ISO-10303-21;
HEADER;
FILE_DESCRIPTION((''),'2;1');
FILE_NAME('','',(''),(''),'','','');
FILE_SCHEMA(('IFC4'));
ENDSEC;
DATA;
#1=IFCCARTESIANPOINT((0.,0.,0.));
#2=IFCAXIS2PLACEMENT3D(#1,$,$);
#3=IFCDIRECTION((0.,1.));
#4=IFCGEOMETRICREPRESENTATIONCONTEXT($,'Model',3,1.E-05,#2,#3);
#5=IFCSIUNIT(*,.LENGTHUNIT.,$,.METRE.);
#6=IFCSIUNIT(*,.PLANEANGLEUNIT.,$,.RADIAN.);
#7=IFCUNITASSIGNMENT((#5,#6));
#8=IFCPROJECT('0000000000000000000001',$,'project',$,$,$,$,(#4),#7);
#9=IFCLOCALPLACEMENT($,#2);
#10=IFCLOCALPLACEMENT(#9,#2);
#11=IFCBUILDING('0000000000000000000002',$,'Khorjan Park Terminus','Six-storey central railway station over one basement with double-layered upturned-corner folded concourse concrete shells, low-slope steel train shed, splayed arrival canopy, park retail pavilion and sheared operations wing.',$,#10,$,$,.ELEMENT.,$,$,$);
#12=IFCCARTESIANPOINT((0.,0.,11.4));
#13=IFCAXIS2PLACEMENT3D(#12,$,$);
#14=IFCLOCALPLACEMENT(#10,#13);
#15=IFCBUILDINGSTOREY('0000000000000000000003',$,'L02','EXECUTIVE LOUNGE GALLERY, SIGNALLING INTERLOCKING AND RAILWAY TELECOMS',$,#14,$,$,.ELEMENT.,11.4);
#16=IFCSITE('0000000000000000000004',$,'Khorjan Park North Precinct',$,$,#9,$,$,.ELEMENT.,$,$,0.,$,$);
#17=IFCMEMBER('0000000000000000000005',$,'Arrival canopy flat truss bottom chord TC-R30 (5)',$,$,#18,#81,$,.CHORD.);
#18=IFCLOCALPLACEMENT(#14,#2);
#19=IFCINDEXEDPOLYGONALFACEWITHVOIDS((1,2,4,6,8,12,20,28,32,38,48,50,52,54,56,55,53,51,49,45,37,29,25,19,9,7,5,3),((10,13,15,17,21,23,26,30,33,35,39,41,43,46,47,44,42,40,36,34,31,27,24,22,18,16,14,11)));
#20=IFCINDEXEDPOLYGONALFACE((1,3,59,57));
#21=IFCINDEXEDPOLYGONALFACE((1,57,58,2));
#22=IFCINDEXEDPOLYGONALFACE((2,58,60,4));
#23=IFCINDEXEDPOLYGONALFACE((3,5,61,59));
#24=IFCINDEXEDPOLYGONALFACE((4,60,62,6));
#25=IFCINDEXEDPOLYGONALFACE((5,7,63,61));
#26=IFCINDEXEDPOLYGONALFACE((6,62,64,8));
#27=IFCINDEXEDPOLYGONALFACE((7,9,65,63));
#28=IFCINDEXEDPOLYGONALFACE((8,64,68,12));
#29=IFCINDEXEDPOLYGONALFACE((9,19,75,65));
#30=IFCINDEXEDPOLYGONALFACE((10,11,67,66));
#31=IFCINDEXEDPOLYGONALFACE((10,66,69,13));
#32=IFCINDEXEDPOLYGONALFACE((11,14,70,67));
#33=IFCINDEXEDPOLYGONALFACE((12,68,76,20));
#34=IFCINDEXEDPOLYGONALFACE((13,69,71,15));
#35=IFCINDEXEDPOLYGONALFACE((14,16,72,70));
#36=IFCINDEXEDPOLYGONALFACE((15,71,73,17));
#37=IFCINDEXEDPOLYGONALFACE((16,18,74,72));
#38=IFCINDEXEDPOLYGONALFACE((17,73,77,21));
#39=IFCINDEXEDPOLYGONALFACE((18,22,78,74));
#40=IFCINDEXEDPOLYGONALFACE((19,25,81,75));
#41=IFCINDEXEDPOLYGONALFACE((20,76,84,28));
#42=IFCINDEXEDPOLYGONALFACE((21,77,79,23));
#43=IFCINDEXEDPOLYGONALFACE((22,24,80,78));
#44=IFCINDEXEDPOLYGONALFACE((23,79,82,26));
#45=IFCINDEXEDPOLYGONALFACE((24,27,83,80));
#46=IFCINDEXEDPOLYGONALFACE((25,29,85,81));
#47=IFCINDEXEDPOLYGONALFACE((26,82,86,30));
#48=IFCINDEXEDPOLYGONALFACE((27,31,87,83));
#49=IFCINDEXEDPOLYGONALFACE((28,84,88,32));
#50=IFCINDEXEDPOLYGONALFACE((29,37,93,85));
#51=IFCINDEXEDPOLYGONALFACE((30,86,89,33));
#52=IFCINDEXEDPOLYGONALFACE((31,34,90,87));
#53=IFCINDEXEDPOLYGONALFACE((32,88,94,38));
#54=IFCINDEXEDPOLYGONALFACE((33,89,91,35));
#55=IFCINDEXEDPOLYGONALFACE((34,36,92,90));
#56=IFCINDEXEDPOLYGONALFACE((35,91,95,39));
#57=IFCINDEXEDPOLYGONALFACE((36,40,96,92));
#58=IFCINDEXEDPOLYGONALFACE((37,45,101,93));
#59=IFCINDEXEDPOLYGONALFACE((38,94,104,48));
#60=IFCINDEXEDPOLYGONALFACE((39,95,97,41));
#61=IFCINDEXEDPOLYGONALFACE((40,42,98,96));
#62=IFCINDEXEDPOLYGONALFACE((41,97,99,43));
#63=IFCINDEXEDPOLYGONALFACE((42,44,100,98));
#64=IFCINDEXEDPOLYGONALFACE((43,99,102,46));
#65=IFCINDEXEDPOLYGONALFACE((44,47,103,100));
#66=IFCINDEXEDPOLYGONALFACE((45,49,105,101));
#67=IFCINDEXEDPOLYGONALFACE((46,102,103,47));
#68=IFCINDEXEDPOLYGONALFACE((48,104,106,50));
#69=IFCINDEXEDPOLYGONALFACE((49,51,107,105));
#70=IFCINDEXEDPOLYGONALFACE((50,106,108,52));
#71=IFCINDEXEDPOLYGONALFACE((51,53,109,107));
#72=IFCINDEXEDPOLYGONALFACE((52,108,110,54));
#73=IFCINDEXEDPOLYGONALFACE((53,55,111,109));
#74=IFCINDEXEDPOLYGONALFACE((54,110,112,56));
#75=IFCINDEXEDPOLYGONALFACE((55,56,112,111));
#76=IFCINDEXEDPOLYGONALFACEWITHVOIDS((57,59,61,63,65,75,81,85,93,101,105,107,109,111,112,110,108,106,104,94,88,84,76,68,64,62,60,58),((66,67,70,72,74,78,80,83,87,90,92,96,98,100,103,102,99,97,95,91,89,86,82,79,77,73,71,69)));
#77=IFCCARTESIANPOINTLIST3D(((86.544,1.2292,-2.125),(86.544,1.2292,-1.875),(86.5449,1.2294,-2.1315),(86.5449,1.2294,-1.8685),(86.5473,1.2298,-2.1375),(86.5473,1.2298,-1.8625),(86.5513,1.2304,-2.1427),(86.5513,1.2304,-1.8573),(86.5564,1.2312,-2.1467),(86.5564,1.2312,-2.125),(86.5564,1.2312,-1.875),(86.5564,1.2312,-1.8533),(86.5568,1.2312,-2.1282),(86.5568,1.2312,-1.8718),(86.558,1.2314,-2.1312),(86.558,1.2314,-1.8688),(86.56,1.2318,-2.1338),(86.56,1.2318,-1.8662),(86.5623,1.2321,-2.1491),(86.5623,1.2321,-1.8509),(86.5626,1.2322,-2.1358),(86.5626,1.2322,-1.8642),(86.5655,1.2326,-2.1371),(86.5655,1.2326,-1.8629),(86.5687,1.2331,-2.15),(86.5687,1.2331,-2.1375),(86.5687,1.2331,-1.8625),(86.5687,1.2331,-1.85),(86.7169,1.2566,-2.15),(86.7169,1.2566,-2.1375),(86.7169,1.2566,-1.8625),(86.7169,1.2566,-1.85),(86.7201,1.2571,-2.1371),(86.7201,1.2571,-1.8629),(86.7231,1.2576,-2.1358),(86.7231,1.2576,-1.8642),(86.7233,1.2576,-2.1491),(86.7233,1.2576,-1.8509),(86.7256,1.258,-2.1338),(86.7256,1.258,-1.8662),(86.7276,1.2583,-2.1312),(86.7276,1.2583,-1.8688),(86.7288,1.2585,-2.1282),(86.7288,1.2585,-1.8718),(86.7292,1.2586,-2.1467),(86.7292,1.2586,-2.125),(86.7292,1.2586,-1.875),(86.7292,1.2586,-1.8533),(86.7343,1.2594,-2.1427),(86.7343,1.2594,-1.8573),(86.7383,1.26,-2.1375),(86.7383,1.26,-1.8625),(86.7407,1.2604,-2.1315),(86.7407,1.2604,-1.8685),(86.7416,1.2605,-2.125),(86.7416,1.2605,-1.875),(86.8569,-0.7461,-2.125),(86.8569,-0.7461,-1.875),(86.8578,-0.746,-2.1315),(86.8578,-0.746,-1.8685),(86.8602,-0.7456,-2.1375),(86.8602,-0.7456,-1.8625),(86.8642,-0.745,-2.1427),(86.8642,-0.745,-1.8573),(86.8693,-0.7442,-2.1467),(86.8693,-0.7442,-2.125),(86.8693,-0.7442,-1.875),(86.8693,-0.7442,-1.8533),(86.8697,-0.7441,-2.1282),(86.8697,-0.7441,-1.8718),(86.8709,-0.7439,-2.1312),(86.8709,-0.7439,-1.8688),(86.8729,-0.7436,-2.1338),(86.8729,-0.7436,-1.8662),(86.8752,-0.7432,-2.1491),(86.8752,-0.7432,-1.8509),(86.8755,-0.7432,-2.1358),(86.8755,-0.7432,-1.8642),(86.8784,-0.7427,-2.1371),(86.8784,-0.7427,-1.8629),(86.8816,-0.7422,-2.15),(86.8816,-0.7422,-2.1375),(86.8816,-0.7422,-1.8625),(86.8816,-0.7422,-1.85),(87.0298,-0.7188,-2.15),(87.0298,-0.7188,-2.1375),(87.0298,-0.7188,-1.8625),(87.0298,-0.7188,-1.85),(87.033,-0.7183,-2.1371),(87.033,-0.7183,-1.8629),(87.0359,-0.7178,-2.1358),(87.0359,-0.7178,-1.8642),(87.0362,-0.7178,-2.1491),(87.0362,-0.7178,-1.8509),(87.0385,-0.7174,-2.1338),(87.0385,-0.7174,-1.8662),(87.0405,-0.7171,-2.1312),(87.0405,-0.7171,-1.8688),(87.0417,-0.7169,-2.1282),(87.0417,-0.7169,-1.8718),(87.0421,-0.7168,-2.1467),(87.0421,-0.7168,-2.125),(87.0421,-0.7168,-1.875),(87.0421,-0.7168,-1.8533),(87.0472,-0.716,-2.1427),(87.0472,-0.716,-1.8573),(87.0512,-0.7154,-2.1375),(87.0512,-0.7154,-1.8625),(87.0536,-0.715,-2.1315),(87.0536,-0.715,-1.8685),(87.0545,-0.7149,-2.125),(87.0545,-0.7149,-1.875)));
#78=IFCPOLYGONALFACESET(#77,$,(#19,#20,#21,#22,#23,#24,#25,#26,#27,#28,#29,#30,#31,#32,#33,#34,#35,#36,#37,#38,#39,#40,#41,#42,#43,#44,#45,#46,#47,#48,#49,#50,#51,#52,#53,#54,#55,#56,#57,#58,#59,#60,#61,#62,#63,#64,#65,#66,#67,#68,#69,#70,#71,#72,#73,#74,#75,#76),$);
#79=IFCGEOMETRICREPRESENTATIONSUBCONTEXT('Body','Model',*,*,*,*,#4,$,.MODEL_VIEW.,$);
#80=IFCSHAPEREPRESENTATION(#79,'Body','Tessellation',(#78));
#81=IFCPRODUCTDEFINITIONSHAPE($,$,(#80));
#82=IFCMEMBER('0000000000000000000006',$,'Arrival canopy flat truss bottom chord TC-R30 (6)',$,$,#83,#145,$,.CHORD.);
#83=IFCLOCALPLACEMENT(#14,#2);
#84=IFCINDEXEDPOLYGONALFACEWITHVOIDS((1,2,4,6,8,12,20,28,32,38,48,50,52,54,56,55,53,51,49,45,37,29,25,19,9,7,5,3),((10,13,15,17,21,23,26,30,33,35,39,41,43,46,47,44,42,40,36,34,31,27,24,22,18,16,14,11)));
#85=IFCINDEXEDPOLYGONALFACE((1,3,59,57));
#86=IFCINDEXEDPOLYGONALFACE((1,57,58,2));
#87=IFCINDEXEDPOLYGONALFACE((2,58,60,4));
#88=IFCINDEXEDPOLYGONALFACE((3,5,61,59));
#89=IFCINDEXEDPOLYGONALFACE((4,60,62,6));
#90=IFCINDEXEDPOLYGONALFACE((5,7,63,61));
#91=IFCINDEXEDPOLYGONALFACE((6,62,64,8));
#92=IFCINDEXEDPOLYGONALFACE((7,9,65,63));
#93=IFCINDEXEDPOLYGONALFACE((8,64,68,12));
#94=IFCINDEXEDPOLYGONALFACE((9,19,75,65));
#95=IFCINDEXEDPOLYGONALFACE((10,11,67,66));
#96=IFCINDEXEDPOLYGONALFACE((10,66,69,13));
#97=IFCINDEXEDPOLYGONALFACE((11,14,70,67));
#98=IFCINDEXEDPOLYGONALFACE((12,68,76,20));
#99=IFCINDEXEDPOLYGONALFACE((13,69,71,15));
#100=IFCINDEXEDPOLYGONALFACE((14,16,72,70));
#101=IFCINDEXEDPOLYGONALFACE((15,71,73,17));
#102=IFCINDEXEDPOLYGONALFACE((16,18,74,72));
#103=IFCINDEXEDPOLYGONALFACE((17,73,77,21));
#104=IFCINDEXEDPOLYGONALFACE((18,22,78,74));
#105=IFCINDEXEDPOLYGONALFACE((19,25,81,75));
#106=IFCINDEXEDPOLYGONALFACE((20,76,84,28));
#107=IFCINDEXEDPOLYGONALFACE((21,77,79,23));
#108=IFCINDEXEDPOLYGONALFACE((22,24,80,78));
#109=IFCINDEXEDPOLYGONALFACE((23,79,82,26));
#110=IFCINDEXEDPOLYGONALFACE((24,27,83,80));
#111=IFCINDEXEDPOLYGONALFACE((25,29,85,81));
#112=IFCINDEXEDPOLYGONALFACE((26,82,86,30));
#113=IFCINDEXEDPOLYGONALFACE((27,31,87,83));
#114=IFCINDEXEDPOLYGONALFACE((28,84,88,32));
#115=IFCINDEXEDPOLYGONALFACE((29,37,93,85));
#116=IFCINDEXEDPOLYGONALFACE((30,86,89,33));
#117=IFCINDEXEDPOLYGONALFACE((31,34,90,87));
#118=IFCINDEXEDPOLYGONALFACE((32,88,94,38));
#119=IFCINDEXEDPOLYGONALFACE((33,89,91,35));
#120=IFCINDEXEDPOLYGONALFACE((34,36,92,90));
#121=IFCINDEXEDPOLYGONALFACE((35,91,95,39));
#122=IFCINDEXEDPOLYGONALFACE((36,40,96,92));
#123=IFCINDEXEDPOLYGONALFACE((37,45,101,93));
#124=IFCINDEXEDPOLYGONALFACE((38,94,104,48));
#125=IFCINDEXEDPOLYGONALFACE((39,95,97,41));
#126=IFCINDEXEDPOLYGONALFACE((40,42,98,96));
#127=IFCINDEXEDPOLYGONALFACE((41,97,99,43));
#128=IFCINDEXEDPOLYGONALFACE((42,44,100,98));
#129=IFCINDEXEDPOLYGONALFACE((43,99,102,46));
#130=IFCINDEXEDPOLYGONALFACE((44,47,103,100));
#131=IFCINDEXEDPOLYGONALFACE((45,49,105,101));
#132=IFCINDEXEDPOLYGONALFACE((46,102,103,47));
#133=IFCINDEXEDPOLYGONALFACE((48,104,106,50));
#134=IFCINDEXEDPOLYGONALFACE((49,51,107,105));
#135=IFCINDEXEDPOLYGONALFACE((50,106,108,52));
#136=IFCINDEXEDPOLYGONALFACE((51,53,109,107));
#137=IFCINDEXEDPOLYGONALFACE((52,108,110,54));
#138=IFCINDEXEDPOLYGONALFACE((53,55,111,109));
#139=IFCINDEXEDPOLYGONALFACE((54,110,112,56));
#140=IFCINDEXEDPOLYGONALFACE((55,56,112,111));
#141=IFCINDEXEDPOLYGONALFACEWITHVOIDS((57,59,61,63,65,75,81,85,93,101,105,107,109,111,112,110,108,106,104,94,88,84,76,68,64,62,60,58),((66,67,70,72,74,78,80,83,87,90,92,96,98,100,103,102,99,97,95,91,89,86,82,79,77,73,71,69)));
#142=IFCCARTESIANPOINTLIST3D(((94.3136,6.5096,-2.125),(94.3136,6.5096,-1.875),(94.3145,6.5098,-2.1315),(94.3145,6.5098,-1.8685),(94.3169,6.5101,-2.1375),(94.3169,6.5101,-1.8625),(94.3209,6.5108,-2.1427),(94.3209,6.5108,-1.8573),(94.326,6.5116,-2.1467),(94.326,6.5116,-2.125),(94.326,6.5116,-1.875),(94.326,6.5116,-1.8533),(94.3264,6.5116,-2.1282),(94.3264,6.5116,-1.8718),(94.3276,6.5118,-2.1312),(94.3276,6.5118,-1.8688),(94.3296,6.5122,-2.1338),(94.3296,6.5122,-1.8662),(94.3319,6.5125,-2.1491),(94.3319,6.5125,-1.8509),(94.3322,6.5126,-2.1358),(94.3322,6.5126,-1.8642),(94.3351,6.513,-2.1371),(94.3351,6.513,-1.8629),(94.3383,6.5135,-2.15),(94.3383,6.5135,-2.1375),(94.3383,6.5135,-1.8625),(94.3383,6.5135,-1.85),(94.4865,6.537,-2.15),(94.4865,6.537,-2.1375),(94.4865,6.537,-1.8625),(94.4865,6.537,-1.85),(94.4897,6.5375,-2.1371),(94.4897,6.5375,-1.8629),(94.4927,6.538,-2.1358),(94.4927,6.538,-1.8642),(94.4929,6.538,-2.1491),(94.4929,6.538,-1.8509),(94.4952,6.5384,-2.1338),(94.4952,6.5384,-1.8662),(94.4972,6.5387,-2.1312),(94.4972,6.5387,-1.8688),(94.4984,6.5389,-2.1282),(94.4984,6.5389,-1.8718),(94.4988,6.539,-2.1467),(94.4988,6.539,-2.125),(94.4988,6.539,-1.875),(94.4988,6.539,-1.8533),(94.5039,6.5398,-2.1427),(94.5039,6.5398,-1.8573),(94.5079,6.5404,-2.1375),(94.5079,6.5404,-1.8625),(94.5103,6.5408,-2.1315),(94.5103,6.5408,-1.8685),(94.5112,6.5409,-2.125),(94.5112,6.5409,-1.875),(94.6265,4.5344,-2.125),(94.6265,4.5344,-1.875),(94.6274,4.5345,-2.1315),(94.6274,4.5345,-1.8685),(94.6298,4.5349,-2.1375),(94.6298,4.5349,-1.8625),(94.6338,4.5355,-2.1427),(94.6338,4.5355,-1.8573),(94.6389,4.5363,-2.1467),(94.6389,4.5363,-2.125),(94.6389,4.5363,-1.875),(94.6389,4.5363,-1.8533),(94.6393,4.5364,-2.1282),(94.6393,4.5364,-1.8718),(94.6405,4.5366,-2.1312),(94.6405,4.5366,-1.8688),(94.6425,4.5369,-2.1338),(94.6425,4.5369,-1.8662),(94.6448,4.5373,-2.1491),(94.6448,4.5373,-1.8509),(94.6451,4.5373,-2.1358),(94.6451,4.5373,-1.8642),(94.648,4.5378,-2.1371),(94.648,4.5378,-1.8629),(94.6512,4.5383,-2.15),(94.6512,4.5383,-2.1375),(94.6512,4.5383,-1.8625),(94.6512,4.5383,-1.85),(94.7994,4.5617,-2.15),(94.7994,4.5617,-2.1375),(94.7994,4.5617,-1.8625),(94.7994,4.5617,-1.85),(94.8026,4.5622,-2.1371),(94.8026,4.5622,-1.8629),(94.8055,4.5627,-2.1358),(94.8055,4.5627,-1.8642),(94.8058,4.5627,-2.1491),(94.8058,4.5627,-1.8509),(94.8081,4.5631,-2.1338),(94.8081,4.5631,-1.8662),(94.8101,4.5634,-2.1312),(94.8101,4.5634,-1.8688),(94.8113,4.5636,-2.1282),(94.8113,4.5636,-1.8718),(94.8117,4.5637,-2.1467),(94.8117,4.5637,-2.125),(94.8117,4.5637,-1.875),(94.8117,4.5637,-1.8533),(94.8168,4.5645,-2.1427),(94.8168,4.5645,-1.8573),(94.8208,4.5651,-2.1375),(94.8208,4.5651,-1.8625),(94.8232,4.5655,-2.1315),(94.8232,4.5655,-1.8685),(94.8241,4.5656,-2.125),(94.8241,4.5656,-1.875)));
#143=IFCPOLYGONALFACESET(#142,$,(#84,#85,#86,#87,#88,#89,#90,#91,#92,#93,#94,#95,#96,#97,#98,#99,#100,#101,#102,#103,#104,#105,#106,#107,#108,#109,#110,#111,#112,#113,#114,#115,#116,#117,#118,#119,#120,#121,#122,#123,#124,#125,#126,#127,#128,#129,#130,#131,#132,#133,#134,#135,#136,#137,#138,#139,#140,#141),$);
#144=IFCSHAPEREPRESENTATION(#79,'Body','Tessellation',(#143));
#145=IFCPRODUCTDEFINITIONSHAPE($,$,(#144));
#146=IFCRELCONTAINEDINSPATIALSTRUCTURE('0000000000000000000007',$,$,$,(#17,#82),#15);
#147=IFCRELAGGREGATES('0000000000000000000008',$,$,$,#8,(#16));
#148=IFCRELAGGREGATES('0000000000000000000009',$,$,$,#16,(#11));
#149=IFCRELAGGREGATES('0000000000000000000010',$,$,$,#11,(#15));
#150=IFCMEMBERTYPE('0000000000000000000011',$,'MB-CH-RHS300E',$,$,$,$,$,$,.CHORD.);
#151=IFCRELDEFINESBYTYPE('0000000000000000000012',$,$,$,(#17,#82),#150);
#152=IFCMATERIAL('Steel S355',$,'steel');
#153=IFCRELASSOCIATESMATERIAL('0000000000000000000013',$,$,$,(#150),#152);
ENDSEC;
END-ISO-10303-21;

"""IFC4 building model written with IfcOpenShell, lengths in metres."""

from ifc_helpers import new_model, si_unit, direction, frame, origin, origin_2d, place, context, subcontext, project, spatial, hollow_rectangle, extrude, material, material_profile, profile_set, type_object, element, save


model = new_model("IFC4")

# Units and contexts
model_context = context("Model", 3, precision=1e-05, world=origin(), true_north=direction((0.0, 1.0)))
body_context = subcontext(model_context, "Body", "Model", "MODEL_VIEW")
ifc_project = project(units=[si_unit("LENGTHUNIT", "METRE"), si_unit("PLANEANGLEUNIT", "RADIAN")], contexts=[model_context])

# Site, building, storey
site_placement = place(None, origin())
site = spatial("IfcSite", under=ifc_project, at=site_placement, Name="Khorjan Park North Precinct", CompositionType="ELEMENT", RefElevation=0.0)
building_placement = place(site_placement, origin())
building = spatial("IfcBuilding", under=site, at=building_placement, Name="Khorjan Park Terminus", Description="Six-storey central railway station over one basement with double-layered upturned-corner folded concourse concrete shells, low-slope steel train shed, splayed arrival canopy, park retail pavilion and sheared operations wing.", CompositionType="ELEMENT")
storey_placement = place(building_placement, frame((0.0, 0.0, 11.4)))
storey = spatial("IfcBuildingStorey", under=building, at=storey_placement, Name="L02", Description="EXECUTIVE LOUNGE GALLERY, SIGNALLING INTERLOCKING AND RAILWAY TELECOMS", CompositionType="ELEMENT", Elevation=11.4)

# Members
ifc_material = material(Name="Steel S355", Category="steel")
ifc_material_profile_1 = material_profile(ifc_material, hollow_rectangle(XDim=0.2, YDim=0.3, WallThickness=0.0125, InnerFilletRadius=0.0125, OuterFilletRadius=0.025, at=origin_2d()), Name="RHS 300x200x12.5")
ifc_profile_set_1 = profile_set([ifc_material_profile_1], Name="Steel S355")
member_type_1 = type_object("IfcMemberType", Name="MB-CH-RHS300E", PredefinedType="CHORD", material=ifc_profile_set_1)
for number, where, z_axis, x_axis, name in (
    (1, (86.9557, -0.7305, -2.0), (-0.156448, 0.987686, 0.0), (-0.987686, -0.156448, 0.0), "Arrival canopy flat truss bottom chord TC-R30 (5)"),
):
    element("IfcMember", number, at=place(storey_placement, frame(where, z_axis=z_axis, x_axis=x_axis)), inside=storey, type_object=member_type_1, Name=name, PredefinedType="CHORD", context=body_context, shape_type="SweptSolid", body=[
        extrude(hollow_rectangle(XDim=0.2, YDim=0.3, WallThickness=0.0125, InnerFilletRadius=0.0125, OuterFilletRadius=0.025, at=origin_2d()), origin(), (0.0, 0.0, 1.0), 2.0),
    ])
member_1_placement = place(storey_placement, frame((94.7253, 4.55, -2.0), z_axis=(-0.156456, 0.987685, 0.0), x_axis=(-0.987685, -0.156456, 0.0)))
element("IfcMember", 2, at=member_1_placement, inside=storey, type_object=member_type_1, Name="Arrival canopy flat truss bottom chord TC-R30 (6)", PredefinedType="CHORD", context=body_context, shape_type="SweptSolid", body=[
    extrude(hollow_rectangle(XDim=0.2, YDim=0.3, WallThickness=0.0125, InnerFilletRadius=0.0125, OuterFilletRadius=0.025, at=origin_2d()), origin(), (0.0, 0.0, 1.0), 1.9999),
])

save(model, "model.ifc")
